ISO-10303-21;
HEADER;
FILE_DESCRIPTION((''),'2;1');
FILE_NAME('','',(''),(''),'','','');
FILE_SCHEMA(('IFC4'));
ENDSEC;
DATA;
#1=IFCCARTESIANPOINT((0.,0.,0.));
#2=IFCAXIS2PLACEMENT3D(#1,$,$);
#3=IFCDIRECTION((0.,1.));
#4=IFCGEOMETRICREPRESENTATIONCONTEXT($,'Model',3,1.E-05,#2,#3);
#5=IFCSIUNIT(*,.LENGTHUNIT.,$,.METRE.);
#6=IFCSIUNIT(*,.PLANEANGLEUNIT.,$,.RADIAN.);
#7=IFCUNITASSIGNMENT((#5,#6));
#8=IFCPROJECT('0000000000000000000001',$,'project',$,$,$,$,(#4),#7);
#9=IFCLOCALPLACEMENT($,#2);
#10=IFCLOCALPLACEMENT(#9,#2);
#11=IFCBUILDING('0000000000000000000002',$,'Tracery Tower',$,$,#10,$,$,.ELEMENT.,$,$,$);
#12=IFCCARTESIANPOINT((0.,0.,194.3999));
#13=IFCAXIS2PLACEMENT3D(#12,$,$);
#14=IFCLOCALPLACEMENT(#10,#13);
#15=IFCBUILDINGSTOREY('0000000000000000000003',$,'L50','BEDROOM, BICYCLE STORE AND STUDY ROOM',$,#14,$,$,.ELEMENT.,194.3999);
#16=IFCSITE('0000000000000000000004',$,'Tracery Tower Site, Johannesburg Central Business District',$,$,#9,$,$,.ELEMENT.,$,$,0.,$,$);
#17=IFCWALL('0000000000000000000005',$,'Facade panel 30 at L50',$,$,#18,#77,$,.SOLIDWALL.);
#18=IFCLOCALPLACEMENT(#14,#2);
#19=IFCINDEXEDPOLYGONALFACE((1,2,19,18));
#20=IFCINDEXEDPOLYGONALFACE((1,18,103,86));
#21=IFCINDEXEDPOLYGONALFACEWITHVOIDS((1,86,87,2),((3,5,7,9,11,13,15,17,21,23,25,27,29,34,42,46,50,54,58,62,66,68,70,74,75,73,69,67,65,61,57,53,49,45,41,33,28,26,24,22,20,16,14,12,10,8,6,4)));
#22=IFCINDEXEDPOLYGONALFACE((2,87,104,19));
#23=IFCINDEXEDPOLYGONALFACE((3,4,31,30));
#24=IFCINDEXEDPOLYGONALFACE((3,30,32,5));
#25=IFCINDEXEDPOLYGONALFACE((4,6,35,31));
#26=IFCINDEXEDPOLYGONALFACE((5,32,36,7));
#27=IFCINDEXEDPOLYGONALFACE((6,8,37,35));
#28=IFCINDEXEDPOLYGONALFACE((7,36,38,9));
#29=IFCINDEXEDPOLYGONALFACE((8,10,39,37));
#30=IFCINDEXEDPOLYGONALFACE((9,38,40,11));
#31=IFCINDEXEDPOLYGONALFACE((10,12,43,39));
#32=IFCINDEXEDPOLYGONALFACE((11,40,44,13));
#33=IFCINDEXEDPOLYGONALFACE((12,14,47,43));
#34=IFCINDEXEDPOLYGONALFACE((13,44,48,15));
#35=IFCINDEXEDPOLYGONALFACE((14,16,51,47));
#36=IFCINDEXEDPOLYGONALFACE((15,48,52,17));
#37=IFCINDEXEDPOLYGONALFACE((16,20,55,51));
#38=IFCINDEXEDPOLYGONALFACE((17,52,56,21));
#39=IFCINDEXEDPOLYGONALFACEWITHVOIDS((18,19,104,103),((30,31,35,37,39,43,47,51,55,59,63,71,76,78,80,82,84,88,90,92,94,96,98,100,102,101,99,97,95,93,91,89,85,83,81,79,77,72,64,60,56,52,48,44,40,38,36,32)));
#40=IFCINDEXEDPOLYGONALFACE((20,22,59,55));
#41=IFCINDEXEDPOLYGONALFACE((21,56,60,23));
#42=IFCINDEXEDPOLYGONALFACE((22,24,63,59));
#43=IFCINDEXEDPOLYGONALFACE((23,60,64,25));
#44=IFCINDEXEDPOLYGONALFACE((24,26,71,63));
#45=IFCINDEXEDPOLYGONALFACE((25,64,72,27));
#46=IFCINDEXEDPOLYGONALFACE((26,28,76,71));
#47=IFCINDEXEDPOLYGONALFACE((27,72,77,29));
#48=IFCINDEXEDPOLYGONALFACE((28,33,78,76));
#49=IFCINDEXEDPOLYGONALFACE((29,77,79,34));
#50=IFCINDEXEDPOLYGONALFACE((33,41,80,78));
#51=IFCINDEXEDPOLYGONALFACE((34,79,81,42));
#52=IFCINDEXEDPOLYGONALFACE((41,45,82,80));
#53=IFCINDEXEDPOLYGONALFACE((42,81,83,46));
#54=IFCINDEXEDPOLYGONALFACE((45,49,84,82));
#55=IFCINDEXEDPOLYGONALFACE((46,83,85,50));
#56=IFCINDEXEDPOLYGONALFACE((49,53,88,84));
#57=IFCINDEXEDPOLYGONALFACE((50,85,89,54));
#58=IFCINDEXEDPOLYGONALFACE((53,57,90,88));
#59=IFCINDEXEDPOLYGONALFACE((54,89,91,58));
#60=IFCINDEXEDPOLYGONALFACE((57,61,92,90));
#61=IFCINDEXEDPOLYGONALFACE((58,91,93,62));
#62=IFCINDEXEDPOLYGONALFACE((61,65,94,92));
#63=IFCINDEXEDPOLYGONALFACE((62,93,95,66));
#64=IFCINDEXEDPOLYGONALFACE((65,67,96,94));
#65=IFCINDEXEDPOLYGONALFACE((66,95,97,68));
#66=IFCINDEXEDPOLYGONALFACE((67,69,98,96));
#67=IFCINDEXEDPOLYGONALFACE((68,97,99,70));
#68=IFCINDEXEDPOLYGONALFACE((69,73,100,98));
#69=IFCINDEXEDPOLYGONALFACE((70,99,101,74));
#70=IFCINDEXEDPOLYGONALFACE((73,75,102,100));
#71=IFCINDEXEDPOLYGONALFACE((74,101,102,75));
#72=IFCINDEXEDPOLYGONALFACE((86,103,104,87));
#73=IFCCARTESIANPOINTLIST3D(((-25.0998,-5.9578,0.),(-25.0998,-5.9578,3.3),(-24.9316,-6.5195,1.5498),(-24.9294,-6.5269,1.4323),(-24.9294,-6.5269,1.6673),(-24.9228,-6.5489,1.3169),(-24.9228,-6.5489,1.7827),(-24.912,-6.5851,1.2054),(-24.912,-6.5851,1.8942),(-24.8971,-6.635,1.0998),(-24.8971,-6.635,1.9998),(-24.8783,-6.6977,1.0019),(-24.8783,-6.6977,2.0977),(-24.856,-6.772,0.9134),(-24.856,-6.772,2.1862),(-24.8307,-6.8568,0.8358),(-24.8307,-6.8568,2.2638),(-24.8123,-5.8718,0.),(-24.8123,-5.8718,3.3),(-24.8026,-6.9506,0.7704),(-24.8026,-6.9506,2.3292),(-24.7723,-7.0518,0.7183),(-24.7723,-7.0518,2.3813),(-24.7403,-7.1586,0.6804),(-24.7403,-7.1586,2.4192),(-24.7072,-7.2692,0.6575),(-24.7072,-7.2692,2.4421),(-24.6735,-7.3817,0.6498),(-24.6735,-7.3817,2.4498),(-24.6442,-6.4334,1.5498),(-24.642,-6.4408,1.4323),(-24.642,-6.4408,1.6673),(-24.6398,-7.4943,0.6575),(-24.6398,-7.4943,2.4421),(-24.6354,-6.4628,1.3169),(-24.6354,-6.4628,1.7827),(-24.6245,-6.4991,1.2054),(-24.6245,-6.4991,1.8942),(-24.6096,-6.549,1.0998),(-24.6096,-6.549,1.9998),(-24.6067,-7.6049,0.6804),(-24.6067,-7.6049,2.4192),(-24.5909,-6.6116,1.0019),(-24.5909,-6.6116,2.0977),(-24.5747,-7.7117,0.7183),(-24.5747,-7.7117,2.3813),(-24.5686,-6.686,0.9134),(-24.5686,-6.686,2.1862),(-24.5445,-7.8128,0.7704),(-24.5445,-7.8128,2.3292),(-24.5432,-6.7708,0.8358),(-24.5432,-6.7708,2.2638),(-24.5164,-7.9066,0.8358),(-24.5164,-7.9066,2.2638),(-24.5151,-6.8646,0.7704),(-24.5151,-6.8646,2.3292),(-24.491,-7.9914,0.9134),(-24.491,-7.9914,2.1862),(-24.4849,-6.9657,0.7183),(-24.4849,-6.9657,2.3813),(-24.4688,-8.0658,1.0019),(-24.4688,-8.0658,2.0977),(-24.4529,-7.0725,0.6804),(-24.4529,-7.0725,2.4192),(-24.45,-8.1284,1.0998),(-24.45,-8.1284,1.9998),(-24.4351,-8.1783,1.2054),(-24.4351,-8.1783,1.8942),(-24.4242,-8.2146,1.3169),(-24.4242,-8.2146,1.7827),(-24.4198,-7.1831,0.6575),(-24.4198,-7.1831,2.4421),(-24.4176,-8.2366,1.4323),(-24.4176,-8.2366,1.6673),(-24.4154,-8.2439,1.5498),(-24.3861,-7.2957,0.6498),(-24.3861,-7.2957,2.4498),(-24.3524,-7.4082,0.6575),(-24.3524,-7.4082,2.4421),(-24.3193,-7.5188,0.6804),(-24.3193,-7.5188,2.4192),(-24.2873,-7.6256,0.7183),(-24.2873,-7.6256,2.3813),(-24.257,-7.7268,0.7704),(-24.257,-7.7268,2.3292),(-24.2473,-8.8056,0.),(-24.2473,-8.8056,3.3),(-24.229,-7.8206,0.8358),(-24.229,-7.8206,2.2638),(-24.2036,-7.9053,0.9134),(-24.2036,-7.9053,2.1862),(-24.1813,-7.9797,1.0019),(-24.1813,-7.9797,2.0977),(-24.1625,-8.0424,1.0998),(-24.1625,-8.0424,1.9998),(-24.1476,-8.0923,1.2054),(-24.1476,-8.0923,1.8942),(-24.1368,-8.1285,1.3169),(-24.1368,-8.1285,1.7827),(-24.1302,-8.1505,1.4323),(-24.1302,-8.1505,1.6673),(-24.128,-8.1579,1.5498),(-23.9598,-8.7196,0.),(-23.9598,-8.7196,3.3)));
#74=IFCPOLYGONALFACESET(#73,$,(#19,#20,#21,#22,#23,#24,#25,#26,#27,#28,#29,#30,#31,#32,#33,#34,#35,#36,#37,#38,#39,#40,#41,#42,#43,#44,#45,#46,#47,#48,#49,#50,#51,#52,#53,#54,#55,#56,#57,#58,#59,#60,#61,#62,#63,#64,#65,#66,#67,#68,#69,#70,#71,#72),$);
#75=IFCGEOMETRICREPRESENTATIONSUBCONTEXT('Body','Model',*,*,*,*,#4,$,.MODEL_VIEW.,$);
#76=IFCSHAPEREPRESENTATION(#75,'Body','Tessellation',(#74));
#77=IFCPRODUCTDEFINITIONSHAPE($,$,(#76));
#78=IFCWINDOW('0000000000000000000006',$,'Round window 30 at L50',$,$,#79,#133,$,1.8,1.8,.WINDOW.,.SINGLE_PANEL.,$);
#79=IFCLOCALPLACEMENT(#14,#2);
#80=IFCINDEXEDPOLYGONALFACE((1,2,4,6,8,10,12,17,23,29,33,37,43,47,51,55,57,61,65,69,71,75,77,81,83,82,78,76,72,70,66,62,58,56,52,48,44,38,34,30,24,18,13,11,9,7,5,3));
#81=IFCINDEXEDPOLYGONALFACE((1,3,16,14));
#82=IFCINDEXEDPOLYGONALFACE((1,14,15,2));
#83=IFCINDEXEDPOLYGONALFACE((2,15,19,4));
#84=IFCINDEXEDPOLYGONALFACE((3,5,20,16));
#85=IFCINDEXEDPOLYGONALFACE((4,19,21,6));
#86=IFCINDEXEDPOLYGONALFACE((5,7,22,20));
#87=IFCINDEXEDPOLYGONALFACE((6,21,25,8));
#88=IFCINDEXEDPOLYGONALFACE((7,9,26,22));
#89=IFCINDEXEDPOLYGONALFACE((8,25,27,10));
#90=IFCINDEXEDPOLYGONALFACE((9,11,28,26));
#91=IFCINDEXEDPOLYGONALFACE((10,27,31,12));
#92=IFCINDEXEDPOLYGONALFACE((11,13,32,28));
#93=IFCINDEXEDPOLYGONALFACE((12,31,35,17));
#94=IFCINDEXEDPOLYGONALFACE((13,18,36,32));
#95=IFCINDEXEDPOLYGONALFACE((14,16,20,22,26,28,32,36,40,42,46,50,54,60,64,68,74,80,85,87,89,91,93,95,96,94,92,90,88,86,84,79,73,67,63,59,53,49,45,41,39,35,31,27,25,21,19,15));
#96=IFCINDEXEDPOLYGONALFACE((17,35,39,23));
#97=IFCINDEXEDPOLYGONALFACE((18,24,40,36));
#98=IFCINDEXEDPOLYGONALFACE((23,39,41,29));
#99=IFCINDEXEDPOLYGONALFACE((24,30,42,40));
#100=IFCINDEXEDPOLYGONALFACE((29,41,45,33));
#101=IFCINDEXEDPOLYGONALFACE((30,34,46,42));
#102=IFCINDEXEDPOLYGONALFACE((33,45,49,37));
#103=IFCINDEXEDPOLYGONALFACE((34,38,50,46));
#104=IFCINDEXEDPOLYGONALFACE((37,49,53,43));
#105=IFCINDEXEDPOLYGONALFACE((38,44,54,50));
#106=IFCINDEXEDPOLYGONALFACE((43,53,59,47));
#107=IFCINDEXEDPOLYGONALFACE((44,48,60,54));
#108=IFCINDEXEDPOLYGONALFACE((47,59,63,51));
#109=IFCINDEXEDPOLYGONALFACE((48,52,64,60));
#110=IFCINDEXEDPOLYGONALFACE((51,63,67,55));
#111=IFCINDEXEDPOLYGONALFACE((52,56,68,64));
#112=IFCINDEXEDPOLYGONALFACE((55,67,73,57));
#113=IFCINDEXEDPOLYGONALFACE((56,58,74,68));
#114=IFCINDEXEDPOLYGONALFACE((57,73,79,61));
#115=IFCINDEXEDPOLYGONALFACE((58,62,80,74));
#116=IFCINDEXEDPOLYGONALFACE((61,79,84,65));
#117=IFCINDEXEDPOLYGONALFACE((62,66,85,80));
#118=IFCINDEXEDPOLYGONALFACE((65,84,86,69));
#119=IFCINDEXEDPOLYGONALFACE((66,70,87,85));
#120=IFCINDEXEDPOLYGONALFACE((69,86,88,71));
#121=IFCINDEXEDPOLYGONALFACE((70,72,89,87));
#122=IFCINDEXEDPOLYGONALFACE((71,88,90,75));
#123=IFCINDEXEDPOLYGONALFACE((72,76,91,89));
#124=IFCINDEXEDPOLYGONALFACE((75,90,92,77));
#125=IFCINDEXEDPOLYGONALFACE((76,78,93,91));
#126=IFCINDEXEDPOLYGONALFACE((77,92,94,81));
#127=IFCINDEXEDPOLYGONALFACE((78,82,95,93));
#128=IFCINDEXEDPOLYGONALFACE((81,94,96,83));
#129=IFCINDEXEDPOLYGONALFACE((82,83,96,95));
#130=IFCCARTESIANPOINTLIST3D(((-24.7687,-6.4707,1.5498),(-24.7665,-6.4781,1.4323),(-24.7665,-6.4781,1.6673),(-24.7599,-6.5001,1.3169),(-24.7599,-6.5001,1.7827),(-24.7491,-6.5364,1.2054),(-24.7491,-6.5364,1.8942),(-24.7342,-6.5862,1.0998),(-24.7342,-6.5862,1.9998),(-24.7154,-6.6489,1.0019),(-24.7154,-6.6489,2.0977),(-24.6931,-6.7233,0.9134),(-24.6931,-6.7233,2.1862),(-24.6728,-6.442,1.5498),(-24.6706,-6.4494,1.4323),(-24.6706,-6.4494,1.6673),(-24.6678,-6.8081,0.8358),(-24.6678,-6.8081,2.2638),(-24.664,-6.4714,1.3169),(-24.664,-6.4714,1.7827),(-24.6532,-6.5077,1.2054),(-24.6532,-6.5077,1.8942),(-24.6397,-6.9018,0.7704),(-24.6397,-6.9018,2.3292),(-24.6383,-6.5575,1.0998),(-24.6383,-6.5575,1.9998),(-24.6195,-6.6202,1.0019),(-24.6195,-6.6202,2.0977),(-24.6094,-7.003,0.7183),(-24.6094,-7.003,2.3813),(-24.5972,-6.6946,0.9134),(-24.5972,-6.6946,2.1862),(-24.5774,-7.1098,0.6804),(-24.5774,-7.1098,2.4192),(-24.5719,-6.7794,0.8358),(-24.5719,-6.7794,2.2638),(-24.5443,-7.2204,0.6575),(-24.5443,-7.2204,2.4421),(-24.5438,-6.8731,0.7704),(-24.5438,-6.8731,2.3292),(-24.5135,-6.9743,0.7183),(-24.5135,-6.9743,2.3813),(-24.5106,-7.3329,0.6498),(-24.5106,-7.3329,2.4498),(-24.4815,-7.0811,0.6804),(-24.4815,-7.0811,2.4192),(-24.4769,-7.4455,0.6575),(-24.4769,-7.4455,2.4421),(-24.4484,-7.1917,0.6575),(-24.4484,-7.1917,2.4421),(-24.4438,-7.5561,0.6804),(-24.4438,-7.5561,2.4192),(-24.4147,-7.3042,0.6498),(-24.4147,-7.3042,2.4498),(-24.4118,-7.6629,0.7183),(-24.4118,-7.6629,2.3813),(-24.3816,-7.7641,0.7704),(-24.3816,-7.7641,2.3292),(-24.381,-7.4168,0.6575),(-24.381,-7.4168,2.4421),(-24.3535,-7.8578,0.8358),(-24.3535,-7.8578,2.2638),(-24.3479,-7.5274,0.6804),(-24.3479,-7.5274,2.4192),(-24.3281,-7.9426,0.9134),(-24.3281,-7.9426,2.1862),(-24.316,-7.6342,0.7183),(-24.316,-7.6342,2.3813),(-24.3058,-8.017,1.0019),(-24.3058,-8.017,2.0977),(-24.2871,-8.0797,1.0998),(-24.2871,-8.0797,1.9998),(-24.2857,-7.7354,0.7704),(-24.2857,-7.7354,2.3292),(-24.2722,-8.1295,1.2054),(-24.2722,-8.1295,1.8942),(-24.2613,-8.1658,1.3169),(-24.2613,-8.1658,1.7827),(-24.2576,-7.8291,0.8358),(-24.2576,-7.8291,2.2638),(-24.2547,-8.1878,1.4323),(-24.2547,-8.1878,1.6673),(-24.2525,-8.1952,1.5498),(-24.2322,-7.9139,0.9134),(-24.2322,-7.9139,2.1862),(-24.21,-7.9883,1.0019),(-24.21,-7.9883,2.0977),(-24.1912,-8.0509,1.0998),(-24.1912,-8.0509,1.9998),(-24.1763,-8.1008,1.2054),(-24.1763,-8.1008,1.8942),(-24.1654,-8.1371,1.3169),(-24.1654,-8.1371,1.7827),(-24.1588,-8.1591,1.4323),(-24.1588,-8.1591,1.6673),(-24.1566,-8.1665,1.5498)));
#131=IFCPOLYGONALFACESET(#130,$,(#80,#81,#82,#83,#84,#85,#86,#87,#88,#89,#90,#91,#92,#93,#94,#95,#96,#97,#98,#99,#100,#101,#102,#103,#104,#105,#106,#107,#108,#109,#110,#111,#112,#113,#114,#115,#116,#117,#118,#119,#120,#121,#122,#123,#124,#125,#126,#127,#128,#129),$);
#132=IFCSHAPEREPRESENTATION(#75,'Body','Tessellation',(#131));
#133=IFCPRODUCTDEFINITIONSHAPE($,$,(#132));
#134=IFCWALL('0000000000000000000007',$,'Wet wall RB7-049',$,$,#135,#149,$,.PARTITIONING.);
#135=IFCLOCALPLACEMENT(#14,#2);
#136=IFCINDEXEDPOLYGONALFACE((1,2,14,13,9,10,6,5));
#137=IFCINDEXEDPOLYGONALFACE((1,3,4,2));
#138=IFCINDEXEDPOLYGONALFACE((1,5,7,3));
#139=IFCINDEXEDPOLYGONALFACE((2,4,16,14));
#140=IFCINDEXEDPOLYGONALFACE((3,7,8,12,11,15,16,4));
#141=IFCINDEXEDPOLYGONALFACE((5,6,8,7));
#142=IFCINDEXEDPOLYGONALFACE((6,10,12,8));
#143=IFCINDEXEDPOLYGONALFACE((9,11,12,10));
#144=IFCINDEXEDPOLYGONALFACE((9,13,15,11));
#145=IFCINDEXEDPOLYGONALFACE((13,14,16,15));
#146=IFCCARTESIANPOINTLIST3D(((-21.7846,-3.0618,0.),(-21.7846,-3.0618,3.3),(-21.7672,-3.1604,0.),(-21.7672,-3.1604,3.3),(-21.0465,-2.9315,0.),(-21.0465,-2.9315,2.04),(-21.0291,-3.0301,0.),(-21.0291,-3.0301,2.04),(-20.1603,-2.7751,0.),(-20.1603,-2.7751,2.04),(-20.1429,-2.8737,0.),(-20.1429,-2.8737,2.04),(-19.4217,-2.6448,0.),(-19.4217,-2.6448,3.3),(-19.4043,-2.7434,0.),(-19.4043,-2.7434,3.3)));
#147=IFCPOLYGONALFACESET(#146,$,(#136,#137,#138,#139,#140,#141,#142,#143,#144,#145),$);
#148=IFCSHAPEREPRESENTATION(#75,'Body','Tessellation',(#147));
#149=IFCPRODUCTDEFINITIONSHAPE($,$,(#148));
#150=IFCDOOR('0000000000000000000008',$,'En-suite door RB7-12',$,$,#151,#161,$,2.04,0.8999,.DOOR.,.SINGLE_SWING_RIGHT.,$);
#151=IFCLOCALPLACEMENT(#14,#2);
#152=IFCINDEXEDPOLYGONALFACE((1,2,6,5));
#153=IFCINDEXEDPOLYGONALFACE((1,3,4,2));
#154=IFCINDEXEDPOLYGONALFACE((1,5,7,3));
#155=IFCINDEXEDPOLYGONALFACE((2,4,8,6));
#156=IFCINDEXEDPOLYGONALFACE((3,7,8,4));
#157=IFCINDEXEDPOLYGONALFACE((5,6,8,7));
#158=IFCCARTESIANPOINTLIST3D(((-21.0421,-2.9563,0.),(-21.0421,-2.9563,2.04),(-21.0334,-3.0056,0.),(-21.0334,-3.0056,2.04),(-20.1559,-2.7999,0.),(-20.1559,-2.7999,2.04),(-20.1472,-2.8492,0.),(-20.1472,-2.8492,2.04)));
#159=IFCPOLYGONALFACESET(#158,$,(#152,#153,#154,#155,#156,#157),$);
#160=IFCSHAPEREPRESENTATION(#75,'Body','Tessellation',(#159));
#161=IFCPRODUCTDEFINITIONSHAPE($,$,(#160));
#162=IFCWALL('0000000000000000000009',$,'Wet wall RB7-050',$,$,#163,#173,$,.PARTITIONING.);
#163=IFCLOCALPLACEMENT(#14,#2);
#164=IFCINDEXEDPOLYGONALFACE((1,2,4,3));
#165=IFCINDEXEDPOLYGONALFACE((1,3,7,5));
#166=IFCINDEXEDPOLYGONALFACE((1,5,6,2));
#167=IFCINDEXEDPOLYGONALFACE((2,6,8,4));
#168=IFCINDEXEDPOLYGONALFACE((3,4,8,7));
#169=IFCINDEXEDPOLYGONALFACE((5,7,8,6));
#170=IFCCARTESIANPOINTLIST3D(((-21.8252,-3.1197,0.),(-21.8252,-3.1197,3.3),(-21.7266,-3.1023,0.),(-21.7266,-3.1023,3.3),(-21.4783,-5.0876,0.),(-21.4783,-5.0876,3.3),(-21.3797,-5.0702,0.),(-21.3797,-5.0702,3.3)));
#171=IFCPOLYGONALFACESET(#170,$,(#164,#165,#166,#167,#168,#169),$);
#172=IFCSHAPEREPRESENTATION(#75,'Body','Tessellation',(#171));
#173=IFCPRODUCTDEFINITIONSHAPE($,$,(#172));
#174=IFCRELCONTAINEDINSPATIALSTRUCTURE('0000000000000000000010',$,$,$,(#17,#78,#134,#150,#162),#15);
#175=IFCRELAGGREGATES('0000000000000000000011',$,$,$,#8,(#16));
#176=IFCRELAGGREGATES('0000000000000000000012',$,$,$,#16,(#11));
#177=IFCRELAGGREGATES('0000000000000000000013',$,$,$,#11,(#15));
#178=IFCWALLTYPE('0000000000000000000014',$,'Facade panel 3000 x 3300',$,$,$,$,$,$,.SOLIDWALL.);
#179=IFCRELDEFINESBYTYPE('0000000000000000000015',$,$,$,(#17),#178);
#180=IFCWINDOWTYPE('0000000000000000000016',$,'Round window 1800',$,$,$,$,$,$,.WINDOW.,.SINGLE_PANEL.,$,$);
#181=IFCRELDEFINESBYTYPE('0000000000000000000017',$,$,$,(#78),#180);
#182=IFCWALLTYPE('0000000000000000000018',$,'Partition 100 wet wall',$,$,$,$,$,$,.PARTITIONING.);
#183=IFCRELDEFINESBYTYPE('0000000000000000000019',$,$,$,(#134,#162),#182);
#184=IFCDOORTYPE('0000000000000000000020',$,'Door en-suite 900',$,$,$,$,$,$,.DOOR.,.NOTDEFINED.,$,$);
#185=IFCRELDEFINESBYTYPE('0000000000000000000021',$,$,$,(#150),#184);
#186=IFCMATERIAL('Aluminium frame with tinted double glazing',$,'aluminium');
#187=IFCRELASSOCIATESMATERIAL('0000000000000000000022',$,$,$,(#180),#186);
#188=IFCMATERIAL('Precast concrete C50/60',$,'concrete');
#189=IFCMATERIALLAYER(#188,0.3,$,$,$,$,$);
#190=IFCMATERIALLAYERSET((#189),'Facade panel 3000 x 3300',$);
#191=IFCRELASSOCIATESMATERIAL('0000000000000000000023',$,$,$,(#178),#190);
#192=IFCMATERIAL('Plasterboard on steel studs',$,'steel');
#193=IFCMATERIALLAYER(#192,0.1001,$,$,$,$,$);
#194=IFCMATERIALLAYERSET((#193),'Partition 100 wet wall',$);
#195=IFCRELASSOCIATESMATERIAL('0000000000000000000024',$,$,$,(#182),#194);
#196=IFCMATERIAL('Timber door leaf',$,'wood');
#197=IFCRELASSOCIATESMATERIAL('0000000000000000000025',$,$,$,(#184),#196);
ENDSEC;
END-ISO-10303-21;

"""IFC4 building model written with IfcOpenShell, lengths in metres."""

from ifc_helpers import new_model, si_unit, direction, frame, frame_2d, origin, origin_2d, place, context, subcontext, project, spatial, rectangle, circle, extrude, material, layer, layer_set, type_object, element, fill, save


model = new_model("IFC4")

# Units and contexts
model_context = context("Model", 3, precision=1e-05, world=origin(), true_north=direction((0.0, 1.0)))
body_context = subcontext(model_context, "Body", "Model", "MODEL_VIEW")
ifc_project = project(units=[si_unit("LENGTHUNIT", "METRE"), si_unit("PLANEANGLEUNIT", "RADIAN")], contexts=[model_context])

# Site, building, storey
site_placement = place(None, origin())
site = spatial("IfcSite", under=ifc_project, at=site_placement, Name="Tracery Tower Site, Johannesburg Central Business District", CompositionType="ELEMENT", RefElevation=0.0)
building_placement = place(site_placement, origin())
building = spatial("IfcBuilding", under=site, at=building_placement, Name="Tracery Tower", CompositionType="ELEMENT")
storey_placement = place(building_placement, frame((0.0, 0.0, 194.3999)))
storey = spatial("IfcBuildingStorey", under=building, at=storey_placement, Name="L50", Description="BEDROOM, BICYCLE STORE AND STUDY ROOM", CompositionType="ELEMENT", Elevation=194.3999)

# Wall, opening, window
ifc_material_1 = material(Name="Aluminium frame with tinted double glazing", Category="aluminium")
window_type = type_object("IfcWindowType", Name="Round window 1800", PartitioningType="SINGLE_PANEL", PredefinedType="WINDOW", material=ifc_material_1)
ifc_material_2 = material(Name="Precast concrete C50/60", Category="concrete")
ifc_layer_1 = layer(ifc_material_2, 0.3)
ifc_layer_set_1 = layer_set([ifc_layer_1], Name="Facade panel 3000 x 3300")
wall_type_1 = type_object("IfcWallType", Name="Facade panel 3000 x 3300", PredefinedType="SOLIDWALL", material=ifc_layer_set_1)
wall_1_placement = place(storey_placement, frame((-24.9561, -5.9148, 0.0), z_axis=(0.0, 0.0, 1.0), x_axis=(0.286783, -0.957996, 0.0)))
wall_1 = element("IfcWall", 1, at=wall_1_placement, inside=storey, type_object=wall_type_1, Name="Facade panel 30 at L50", PredefinedType="SOLIDWALL", context=body_context, shape_type="SweptSolid", body=[
    extrude(rectangle(XDim=2.9727, YDim=0.3, at=frame_2d((1.4863, 0.0))), origin(), (0.0, 0.0, 1.0), 3.3),
])
opening_1_placement = place(wall_1_placement, frame((1.4863, 0.0, 1.5498)))
opening_1 = element("IfcOpeningElement", 2, at=opening_1_placement, cuts=wall_1, PredefinedType="OPENING", context=body_context, shape_type="SweptSolid", body=[
    extrude(circle(Radius=0.9, at=origin_2d()), frame((0.0, 0.1599, 0.0), z_axis=(0.0, -1.0, 0.0), x_axis=(1.0, 0.0, 0.0)), (0.0, 0.0, 1.0), 0.3201),
])
window_1_placement = place(opening_1_placement, origin())
window_1 = element("IfcWindow", 3, at=window_1_placement, inside=storey, type_object=window_type, Name="Round window 30 at L50", OverallHeight=1.8, OverallWidth=1.8, PartitioningType="SINGLE_PANEL", PredefinedType="WINDOW", context=body_context, shape_type="SweptSolid", body=[
    extrude(circle(Radius=0.9, at=origin_2d()), frame((0.0, 0.1201, 0.0), z_axis=(0.0, -1.0, 0.0), x_axis=(1.0, 0.0, 0.0)), (0.0, 0.0, 1.0), 0.1001),
])
fill(opening_1, window_1)

# Wall, opening, door
ifc_material_3 = material(Name="Plasterboard on steel studs", Category="steel")
ifc_layer_2 = layer(ifc_material_3, 0.1001)
ifc_layer_set_2 = layer_set([ifc_layer_2], Name="Partition 100 wet wall")
wall_type_2 = type_object("IfcWallType", Name="Partition 100 wet wall", PredefinedType="PARTITIONING", material=ifc_layer_set_2)
wall_2_placement = place(storey_placement, frame((-21.7759, -3.1111, 0.0), z_axis=(0.0, 0.0, 1.0), x_axis=(0.984782, 0.173797, 0.0)))
wall_2 = element("IfcWall", 4, at=wall_2_placement, inside=storey, type_object=wall_type_2, Name="Wet wall RB7-049", PredefinedType="PARTITIONING", context=body_context, shape_type="SweptSolid", body=[
    extrude(rectangle(XDim=2.3994, YDim=0.1001, at=frame_2d((1.1997, 0.0))), origin(), (0.0, 0.0, 1.0), 3.3),
])
opening_2_placement = place(wall_2_placement, frame((0.7495, 0.0, 0.0)))
opening_2 = element("IfcOpeningElement", 5, at=opening_2_placement, cuts=wall_2, PredefinedType="OPENING", context=body_context, shape_type="SweptSolid", body=[
    extrude(rectangle(XDim=0.8999, YDim=2.04, at=frame_2d((0.45, 1.02))), frame((0.0, 0.05, 0.0), z_axis=(0.0, -1.0, 0.0), x_axis=(1.0, 0.0, 0.0)), (0.0, 0.0, 1.0), 0.1001),
])
ifc_material_4 = material(Name="Timber door leaf", Category="wood")
door_type = type_object("IfcDoorType", Name="Door en-suite 900", OperationType="NOTDEFINED", PredefinedType="DOOR", material=ifc_material_4)
door_1_placement = place(opening_2_placement, origin())
door_1 = element("IfcDoor", 6, at=door_1_placement, inside=storey, type_object=door_type, Name="En-suite door RB7-12", OperationType="SINGLE_SWING_RIGHT", OverallHeight=2.04, OverallWidth=0.8999, PredefinedType="DOOR", context=body_context, shape_type="SweptSolid", body=[
    extrude(rectangle(XDim=0.8999, YDim=2.04, at=frame_2d((0.45, 1.02))), frame((0.0, 0.0249, 0.0), z_axis=(0.0, -1.0, 0.0), x_axis=(1.0, 0.0, 0.0)), (0.0, 0.0, 1.0), 0.05),
])
fill(opening_2, door_1)

# Wall
wall_3_placement = place(storey_placement, frame((-21.7759, -3.1111, 0.0), z_axis=(0.0, 0.0, 1.0), x_axis=(0.173604, -0.984816, 0.0)))
element("IfcWall", 7, at=wall_3_placement, inside=storey, type_object=wall_type_2, Name="Wet wall RB7-050", PredefinedType="PARTITIONING", context=body_context, shape_type="SweptSolid", body=[
    extrude(rectangle(XDim=1.9983, YDim=0.1001, at=frame_2d((0.999, 0.0))), origin(), (0.0, 0.0, 1.0), 3.3),
])

save(model, "model.ifc")
